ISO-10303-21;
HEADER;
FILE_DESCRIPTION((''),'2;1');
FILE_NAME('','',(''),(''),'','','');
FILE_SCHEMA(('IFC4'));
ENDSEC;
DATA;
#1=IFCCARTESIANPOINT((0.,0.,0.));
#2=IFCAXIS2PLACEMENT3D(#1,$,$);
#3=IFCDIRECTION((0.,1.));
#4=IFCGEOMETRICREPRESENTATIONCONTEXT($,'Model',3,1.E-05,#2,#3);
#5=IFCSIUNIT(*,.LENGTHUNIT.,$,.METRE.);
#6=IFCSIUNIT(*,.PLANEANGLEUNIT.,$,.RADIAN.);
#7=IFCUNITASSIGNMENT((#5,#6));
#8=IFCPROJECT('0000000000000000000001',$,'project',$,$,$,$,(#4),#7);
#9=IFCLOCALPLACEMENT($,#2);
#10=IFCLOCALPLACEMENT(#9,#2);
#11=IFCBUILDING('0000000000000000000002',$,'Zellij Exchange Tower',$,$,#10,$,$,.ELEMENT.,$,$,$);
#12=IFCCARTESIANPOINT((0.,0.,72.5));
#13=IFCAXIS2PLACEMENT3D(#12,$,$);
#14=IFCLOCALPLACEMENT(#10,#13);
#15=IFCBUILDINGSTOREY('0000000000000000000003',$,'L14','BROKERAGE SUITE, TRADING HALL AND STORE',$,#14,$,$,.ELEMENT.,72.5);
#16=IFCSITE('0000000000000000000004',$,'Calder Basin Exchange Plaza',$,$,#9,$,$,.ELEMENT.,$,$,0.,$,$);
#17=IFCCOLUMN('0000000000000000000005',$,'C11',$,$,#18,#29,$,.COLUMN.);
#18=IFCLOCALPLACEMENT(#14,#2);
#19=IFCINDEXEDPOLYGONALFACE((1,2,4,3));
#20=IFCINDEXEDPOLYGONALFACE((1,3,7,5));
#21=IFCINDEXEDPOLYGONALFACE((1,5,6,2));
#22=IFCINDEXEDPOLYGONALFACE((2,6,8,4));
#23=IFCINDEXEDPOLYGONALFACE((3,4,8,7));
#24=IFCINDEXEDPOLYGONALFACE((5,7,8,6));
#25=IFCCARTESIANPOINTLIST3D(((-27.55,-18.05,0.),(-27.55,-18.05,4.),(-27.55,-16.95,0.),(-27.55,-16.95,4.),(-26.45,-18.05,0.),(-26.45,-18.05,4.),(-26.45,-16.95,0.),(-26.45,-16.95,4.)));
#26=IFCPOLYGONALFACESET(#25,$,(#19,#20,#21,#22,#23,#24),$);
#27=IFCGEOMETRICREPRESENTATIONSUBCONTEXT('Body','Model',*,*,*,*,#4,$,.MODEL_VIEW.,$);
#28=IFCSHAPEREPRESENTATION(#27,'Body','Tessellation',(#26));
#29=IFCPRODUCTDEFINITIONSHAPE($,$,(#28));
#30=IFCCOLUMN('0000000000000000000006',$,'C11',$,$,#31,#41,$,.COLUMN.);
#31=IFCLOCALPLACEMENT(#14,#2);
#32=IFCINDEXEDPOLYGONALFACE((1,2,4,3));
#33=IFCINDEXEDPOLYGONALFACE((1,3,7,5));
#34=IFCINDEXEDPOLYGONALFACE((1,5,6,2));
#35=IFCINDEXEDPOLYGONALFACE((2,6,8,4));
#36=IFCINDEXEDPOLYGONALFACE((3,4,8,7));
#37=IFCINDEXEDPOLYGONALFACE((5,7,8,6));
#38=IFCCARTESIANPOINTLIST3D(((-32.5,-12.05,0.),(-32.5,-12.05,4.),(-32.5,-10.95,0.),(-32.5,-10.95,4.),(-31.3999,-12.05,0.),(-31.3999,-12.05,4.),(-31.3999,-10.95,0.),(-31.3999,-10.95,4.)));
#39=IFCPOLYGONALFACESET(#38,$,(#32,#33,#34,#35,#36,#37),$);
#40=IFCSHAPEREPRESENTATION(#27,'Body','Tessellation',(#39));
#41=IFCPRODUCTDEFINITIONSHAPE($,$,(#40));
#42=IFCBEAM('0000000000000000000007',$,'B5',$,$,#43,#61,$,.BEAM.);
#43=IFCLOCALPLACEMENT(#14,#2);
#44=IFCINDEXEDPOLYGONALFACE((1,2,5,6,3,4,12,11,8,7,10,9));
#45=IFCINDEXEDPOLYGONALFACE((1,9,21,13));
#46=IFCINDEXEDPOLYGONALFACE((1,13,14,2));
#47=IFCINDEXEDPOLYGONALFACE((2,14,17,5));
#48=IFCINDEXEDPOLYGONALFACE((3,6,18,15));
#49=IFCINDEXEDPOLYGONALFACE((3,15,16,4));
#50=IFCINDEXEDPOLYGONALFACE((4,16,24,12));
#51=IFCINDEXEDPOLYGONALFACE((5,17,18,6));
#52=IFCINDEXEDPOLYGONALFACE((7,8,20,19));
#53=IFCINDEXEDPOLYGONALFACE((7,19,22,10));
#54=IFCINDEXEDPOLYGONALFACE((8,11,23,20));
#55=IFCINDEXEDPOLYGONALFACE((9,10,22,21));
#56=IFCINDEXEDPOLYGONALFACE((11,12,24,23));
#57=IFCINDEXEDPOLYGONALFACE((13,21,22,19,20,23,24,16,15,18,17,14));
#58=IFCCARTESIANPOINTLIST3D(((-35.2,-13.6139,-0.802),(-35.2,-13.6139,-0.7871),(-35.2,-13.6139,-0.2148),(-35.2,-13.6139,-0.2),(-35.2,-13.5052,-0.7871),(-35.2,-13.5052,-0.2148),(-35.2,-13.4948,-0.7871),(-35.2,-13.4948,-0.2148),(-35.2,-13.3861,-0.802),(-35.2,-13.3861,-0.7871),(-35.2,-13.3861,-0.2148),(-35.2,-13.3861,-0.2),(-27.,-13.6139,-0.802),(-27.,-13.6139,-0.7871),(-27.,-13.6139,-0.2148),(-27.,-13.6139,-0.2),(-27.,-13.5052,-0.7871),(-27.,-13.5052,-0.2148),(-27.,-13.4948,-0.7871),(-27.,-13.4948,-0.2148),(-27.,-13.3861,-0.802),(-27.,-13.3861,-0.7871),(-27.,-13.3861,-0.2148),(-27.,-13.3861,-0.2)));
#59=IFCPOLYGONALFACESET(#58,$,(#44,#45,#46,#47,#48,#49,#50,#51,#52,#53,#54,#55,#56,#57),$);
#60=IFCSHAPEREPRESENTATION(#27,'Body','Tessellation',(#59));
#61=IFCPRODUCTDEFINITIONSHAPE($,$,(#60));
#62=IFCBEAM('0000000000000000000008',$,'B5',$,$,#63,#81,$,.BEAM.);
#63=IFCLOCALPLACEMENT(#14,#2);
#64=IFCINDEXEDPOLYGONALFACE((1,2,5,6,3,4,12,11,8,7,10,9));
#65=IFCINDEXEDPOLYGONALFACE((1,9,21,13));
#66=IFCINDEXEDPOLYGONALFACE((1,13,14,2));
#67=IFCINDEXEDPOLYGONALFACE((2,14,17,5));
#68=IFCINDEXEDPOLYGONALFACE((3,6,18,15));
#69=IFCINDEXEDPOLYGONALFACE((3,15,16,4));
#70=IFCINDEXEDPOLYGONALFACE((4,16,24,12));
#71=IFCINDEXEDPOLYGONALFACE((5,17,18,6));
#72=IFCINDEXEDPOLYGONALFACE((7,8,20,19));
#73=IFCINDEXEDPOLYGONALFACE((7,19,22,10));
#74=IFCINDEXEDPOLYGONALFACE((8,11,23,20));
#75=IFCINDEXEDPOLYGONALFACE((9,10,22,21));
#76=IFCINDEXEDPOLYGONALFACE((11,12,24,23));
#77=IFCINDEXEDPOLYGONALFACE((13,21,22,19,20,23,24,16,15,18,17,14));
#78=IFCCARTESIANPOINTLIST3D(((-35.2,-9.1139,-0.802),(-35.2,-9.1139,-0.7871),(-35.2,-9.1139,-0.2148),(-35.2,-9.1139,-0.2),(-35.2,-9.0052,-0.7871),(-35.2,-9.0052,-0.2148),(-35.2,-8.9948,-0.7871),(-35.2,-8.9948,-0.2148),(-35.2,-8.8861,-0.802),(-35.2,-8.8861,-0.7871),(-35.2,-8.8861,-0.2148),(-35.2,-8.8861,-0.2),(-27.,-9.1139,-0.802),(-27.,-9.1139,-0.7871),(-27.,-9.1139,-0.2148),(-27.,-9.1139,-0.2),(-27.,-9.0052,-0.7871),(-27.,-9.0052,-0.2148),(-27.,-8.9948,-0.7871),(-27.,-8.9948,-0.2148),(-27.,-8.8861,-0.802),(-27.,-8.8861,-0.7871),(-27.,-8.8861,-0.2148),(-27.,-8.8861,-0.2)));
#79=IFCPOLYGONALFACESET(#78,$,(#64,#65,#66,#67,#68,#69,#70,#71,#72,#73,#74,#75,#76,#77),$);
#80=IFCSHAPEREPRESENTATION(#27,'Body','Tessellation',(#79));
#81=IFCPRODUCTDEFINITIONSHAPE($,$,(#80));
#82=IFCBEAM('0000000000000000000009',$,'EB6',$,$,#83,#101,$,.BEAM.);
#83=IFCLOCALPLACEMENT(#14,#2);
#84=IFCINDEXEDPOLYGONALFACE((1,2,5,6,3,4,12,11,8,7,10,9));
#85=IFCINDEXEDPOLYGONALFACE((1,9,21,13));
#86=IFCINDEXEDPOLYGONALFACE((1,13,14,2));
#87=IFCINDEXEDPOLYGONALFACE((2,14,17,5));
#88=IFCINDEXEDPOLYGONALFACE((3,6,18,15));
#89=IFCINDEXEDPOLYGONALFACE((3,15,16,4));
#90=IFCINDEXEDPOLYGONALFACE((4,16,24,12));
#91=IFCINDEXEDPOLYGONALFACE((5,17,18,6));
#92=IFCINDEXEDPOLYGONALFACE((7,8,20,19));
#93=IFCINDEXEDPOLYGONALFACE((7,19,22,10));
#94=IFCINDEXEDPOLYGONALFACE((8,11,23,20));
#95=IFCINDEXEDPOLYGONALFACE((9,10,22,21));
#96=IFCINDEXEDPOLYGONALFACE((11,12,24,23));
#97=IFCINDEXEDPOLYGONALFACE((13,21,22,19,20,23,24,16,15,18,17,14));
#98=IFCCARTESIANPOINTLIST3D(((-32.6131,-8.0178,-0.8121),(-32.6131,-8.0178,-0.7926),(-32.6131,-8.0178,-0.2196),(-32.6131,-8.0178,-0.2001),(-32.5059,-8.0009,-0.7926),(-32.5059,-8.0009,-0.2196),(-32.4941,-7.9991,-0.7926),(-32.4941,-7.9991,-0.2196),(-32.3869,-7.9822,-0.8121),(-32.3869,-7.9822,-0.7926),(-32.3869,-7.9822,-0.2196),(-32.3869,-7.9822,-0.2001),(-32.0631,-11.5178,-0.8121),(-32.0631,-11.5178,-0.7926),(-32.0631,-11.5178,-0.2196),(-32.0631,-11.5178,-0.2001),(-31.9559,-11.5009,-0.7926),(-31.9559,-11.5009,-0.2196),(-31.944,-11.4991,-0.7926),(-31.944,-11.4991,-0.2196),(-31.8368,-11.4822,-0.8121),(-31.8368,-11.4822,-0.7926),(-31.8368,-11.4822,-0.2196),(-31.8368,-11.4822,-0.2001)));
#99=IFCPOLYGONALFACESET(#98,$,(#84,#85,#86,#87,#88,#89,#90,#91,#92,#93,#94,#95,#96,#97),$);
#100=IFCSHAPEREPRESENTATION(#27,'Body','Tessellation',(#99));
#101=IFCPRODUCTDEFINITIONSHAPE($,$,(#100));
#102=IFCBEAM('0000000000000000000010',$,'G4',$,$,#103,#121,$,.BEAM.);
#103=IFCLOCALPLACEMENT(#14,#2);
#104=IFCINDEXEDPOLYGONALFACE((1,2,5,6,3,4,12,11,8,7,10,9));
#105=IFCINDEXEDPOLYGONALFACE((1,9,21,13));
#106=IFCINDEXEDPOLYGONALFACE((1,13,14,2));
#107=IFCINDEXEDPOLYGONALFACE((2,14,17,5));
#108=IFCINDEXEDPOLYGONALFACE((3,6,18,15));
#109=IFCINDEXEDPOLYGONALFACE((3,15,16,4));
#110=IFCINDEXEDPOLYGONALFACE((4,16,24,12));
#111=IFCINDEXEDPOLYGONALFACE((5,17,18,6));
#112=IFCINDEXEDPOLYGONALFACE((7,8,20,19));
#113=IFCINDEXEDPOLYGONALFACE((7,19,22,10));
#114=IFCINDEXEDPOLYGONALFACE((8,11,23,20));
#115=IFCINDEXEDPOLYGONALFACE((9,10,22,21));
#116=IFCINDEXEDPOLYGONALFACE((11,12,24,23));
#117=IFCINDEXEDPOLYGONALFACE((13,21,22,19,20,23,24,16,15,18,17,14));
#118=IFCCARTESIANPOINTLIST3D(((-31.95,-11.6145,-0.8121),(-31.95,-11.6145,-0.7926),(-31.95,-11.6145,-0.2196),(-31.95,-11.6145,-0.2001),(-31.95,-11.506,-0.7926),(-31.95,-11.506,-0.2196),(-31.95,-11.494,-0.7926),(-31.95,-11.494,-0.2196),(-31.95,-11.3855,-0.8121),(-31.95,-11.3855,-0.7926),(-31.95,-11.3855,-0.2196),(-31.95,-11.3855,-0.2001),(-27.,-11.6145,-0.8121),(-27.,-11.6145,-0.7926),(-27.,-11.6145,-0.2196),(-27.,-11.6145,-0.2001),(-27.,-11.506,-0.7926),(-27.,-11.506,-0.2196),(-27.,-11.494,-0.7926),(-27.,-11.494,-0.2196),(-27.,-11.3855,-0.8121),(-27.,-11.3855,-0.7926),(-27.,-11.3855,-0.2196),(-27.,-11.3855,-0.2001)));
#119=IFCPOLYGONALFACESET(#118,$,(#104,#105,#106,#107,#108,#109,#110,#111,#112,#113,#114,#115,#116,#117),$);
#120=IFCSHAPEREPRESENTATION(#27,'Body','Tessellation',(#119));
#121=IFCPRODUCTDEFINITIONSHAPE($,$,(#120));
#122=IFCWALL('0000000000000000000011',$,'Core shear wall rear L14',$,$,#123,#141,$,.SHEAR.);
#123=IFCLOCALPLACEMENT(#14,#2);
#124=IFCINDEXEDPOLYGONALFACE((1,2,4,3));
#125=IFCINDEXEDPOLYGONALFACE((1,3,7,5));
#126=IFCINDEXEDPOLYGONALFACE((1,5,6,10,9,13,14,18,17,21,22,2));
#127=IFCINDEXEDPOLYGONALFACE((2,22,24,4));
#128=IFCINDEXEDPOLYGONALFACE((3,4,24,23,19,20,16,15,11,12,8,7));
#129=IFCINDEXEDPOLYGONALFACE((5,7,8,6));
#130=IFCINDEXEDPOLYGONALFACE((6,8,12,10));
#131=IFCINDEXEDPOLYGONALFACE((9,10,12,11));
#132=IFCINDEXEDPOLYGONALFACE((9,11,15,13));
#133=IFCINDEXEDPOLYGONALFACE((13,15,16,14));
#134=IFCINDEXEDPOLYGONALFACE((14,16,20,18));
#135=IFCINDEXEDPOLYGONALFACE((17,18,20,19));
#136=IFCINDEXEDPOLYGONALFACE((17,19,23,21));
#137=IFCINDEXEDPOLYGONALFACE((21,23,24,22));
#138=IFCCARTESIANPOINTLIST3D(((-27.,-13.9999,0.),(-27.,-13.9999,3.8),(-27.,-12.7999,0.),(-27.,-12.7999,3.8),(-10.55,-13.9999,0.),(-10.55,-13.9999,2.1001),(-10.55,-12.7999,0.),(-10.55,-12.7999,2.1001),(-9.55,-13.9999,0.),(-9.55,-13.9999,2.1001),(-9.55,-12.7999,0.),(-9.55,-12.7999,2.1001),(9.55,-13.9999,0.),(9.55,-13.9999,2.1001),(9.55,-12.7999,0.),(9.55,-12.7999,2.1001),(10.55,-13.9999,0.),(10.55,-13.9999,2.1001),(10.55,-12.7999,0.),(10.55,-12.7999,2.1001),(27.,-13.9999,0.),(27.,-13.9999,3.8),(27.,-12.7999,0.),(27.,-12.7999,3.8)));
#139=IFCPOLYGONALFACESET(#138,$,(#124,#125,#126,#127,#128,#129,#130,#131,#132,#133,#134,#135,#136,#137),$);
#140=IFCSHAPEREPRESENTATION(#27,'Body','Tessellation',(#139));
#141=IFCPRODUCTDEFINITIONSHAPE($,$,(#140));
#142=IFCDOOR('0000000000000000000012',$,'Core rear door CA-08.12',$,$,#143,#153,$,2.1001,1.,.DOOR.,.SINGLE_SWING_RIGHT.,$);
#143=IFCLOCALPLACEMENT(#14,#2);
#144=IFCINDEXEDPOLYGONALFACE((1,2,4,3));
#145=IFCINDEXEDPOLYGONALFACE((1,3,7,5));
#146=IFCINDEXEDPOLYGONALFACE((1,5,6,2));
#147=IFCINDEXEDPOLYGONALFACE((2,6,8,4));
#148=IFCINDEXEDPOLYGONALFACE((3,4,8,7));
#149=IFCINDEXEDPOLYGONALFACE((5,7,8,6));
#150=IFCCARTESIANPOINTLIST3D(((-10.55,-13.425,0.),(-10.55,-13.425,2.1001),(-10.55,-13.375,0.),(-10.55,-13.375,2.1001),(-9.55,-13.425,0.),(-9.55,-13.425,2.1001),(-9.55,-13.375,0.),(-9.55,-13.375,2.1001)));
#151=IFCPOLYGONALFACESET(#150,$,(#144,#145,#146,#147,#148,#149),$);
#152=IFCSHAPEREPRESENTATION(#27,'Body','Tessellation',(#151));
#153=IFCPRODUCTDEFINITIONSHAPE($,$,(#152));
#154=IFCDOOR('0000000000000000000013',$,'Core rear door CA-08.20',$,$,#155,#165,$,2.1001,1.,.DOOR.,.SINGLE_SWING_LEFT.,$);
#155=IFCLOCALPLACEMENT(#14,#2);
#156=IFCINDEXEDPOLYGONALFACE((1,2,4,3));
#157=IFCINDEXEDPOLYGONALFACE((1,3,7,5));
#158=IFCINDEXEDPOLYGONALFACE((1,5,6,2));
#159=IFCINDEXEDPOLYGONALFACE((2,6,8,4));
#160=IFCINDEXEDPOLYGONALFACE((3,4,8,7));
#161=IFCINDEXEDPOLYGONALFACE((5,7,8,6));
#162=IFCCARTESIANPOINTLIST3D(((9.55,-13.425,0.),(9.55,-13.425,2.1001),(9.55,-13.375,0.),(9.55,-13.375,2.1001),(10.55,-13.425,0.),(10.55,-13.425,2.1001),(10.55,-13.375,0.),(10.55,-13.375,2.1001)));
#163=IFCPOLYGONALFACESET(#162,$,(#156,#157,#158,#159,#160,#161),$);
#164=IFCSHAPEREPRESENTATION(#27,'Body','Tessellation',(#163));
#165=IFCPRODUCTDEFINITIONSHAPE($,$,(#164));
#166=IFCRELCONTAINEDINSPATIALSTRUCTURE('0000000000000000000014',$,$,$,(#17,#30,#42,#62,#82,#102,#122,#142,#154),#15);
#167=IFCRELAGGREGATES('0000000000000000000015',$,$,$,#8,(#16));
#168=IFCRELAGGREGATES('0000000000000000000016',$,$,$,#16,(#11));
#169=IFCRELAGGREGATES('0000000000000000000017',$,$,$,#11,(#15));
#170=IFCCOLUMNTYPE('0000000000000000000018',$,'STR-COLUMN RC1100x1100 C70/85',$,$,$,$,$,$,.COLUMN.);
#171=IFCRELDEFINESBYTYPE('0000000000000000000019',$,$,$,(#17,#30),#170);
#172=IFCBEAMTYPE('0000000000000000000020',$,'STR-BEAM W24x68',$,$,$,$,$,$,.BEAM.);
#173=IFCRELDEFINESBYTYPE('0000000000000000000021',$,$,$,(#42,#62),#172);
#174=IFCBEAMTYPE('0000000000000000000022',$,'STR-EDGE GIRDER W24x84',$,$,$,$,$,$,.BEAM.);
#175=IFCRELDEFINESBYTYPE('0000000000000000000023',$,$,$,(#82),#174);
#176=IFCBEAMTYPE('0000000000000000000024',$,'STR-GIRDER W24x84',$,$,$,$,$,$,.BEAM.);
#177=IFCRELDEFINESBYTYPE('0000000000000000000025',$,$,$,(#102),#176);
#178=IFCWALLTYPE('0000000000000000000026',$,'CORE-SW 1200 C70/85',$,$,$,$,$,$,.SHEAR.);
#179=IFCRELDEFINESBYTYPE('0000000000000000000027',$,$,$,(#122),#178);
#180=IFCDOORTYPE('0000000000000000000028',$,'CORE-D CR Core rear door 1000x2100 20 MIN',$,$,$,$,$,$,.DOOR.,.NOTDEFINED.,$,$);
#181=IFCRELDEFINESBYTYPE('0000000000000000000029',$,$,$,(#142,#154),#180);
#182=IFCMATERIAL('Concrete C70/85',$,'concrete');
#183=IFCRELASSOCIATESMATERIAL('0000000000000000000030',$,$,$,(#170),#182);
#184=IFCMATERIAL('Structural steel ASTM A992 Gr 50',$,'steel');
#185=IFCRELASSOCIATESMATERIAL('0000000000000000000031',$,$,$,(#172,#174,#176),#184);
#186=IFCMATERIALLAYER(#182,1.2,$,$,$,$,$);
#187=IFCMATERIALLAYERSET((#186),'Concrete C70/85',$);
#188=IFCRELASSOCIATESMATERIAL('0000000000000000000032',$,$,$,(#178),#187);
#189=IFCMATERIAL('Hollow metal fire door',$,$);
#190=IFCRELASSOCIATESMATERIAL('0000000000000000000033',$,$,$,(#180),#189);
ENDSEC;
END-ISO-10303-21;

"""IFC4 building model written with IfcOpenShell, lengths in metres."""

from ifc_helpers import new_model, si_unit, direction, frame, frame_2d, origin, origin_2d, place, context, subcontext, project, spatial, rectangle, i_section, extrude, material, layer, layer_set, material_profile, profile_set, type_object, element, fill, save


model = new_model("IFC4")

# Units and contexts
model_context = context("Model", 3, precision=1e-05, world=origin(), true_north=direction((0.0, 1.0)))
body_context = subcontext(model_context, "Body", "Model", "MODEL_VIEW")
ifc_project = project(units=[si_unit("LENGTHUNIT", "METRE"), si_unit("PLANEANGLEUNIT", "RADIAN")], contexts=[model_context])

# Site, building, storey
site_placement = place(None, origin())
site = spatial("IfcSite", under=ifc_project, at=site_placement, Name="Calder Basin Exchange Plaza", CompositionType="ELEMENT", RefElevation=0.0)
building_placement = place(site_placement, origin())
building = spatial("IfcBuilding", under=site, at=building_placement, Name="Zellij Exchange Tower", CompositionType="ELEMENT")
storey_placement = place(building_placement, frame((0.0, 0.0, 72.5)))
storey = spatial("IfcBuildingStorey", under=building, at=storey_placement, Name="L14", Description="BROKERAGE SUITE, TRADING HALL AND STORE", CompositionType="ELEMENT", Elevation=72.5)

# Columns
ifc_material_1 = material(Name="Concrete C70/85", Category="concrete")
ifc_material_profile_1 = material_profile(ifc_material_1, rectangle(XDim=1.1001, YDim=1.1001, at=origin_2d()), Name="STR-COLUMN RC1100x1100 C70/85")
ifc_profile_set_1 = profile_set([ifc_material_profile_1], Name="Concrete C70/85")
column_type = type_object("IfcColumnType", Name="STR-COLUMN RC1100x1100 C70/85", PredefinedType="COLUMN", material=ifc_profile_set_1)
for number, where, z_axis, x_axis, name in (
    (1, (-27.0, -17.5, 0.0), (0.0, 0.0, 1.0), (1.0, 0.0, 0.0), "C11"),
    (2, (-31.95, -11.5, 0.0), (0.0, 0.0, 1.0), (1.0, 0.0, 0.0), "C11"),
):
    element("IfcColumn", number, at=place(storey_placement, frame(where, z_axis=z_axis, x_axis=x_axis)), inside=storey, type_object=column_type, Name=name, PredefinedType="COLUMN", context=body_context, shape_type="SweptSolid", body=[
        extrude(rectangle(XDim=1.1001, YDim=1.1001, at=origin_2d()), origin(), (0.0, 0.0, 1.0), 4.0),
    ])

# Beams
ifc_material_2 = material(Name="Structural steel ASTM A992 Gr 50", Category="steel")
ifc_material_profile_2 = material_profile(ifc_material_2, i_section(OverallWidth=0.2278, OverallDepth=0.6021, WebThickness=0.0105, FlangeThickness=0.0149, at=origin_2d()), Name="W24x68")
ifc_profile_set_2 = profile_set([ifc_material_profile_2], Name="Structural steel ASTM A992 Gr 50")
beam_type_1 = type_object("IfcBeamType", Name="STR-BEAM W24x68", PredefinedType="BEAM", material=ifc_profile_set_2)
for number, where, z_axis, x_axis, name in (
    (3, (-35.2, -13.5, -0.501), (1.0, 0.0, 0.0), (0.0, 1.0, 0.0), "B5"),
    (4, (-35.2, -9.0, -0.501), (1.0, 0.0, 0.0), (0.0, 1.0, 0.0), "B5"),
):
    element("IfcBeam", number, at=place(storey_placement, frame(where, z_axis=z_axis, x_axis=x_axis)), inside=storey, type_object=beam_type_1, Name=name, PredefinedType="BEAM", context=body_context, shape_type="SweptSolid", body=[
        extrude(i_section(OverallWidth=0.2278, OverallDepth=0.6021, WebThickness=0.0105, FlangeThickness=0.0149, at=origin_2d()), origin(), (0.0, 0.0, 1.0), 8.2),
    ])
ifc_material_profile_3 = material_profile(ifc_material_2, i_section(OverallWidth=0.229, OverallDepth=0.6121, WebThickness=0.012, FlangeThickness=0.0195, at=origin_2d()), Name="W24x84")
ifc_profile_set_3 = profile_set([ifc_material_profile_3], Name="Structural steel ASTM A992 Gr 50")
beam_type_2 = type_object("IfcBeamType", Name="STR-EDGE GIRDER W24x84", PredefinedType="BEAM", material=ifc_profile_set_3)
beam_1_placement = place(storey_placement, frame((-31.95, -11.5, -0.5061), z_axis=(-0.155251, 0.987875, 0.0), x_axis=(-0.987875, -0.155251, 0.0)))
element("IfcBeam", 5, at=beam_1_placement, inside=storey, type_object=beam_type_2, Name="EB6", PredefinedType="BEAM", context=body_context, shape_type="SweptSolid", body=[
    extrude(i_section(OverallWidth=0.229, OverallDepth=0.6121, WebThickness=0.012, FlangeThickness=0.0195, at=origin_2d()), origin(), (0.0, 0.0, 1.0), 3.543),
])
ifc_material_profile_4 = material_profile(ifc_material_2, i_section(OverallWidth=0.229, OverallDepth=0.6121, WebThickness=0.012, FlangeThickness=0.0195, at=origin_2d()), Name="W24x84")
ifc_profile_set_4 = profile_set([ifc_material_profile_4], Name="Structural steel ASTM A992 Gr 50")
beam_type_3 = type_object("IfcBeamType", Name="STR-GIRDER W24x84", PredefinedType="BEAM", material=ifc_profile_set_4)
beam_2_placement = place(storey_placement, frame((-31.95, -11.5, -0.5061), z_axis=(1.0, 0.0, 0.0), x_axis=(0.0, 1.0, 0.0)))
element("IfcBeam", 6, at=beam_2_placement, inside=storey, type_object=beam_type_3, Name="G4", PredefinedType="BEAM", context=body_context, shape_type="SweptSolid", body=[
    extrude(i_section(OverallWidth=0.229, OverallDepth=0.6121, WebThickness=0.012, FlangeThickness=0.0195, at=origin_2d()), origin(), (0.0, 0.0, 1.0), 4.95),
])

# Wall, openings, doors
ifc_layer_1 = layer(ifc_material_1, 1.2)
ifc_layer_set_1 = layer_set([ifc_layer_1], Name="Concrete C70/85")
wall_type_1 = type_object("IfcWallType", Name="CORE-SW 1200 C70/85", PredefinedType="SHEAR", material=ifc_layer_set_1)
wall_1_placement = place(storey_placement, frame((-27.0, -13.3999, 0.0), z_axis=(0.0, 0.0, 1.0), x_axis=(1.0, 0.0, 0.0)))
wall_1 = element("IfcWall", 7, at=wall_1_placement, inside=storey, type_object=wall_type_1, Name="Core shear wall rear L14", PredefinedType="SHEAR", context=body_context, shape_type="SweptSolid", body=[
    extrude(rectangle(XDim=54.0, YDim=1.2, at=frame_2d((27.0, 0.0))), origin(), (0.0, 0.0, 1.0), 3.8),
])
opening_1_placement = place(wall_1_placement, frame((16.45, 0.0, 0.0)))
opening_1 = element("IfcOpeningElement", 8, at=opening_1_placement, cuts=wall_1, PredefinedType="OPENING", context=body_context, shape_type="SweptSolid", body=[
    extrude(rectangle(XDim=1.0, YDim=2.1001, at=frame_2d((0.5, 1.05))), frame((0.0, 0.6118, 0.0), z_axis=(0.0, -1.0, 0.0), x_axis=(1.0, 0.0, 0.0)), (0.0, 0.0, 1.0), 1.2239),
])
opening_2_placement = place(wall_1_placement, frame((36.55, 0.0, 0.0)))
opening_2 = element("IfcOpeningElement", 9, at=opening_2_placement, cuts=wall_1, PredefinedType="OPENING", context=body_context, shape_type="SweptSolid", body=[
    extrude(rectangle(XDim=1.0, YDim=2.1001, at=frame_2d((0.5, 1.05))), frame((0.0, 0.6118, 0.0), z_axis=(0.0, -1.0, 0.0), x_axis=(1.0, 0.0, 0.0)), (0.0, 0.0, 1.0), 1.2239),
])
ifc_material_3 = material(Name="Hollow metal fire door")
door_type_1 = type_object("IfcDoorType", Name="CORE-D CR Core rear door 1000x2100 20 MIN", OperationType="NOTDEFINED", PredefinedType="DOOR", material=ifc_material_3)
door_1_placement = place(opening_1_placement, origin())
door_1 = element("IfcDoor", 10, at=door_1_placement, inside=storey, type_object=door_type_1, Name="Core rear door CA-08.12", OperationType="SINGLE_SWING_RIGHT", OverallHeight=2.1001, OverallWidth=1.0, PredefinedType="DOOR", context=body_context, shape_type="SweptSolid", body=[
    extrude(rectangle(XDim=1.0, YDim=2.1001, at=frame_2d((0.5, 1.05))), frame((0.0, 0.0249, 0.0), z_axis=(0.0, -1.0, 0.0), x_axis=(1.0, 0.0, 0.0)), (0.0, 0.0, 1.0), 0.05),
])
fill(opening_1, door_1)
door_2_placement = place(opening_2_placement, origin())
door_2 = element("IfcDoor", 11, at=door_2_placement, inside=storey, type_object=door_type_1, Name="Core rear door CA-08.20", OperationType="SINGLE_SWING_LEFT", OverallHeight=2.1001, OverallWidth=1.0, PredefinedType="DOOR", context=body_context, shape_type="SweptSolid", body=[
    extrude(rectangle(XDim=1.0, YDim=2.1001, at=frame_2d((0.5, 1.05))), frame((0.0, 0.0249, 0.0), z_axis=(0.0, -1.0, 0.0), x_axis=(1.0, 0.0, 0.0)), (0.0, 0.0, 1.0), 0.05),
])
fill(opening_2, door_2)

save(model, "model.ifc")
